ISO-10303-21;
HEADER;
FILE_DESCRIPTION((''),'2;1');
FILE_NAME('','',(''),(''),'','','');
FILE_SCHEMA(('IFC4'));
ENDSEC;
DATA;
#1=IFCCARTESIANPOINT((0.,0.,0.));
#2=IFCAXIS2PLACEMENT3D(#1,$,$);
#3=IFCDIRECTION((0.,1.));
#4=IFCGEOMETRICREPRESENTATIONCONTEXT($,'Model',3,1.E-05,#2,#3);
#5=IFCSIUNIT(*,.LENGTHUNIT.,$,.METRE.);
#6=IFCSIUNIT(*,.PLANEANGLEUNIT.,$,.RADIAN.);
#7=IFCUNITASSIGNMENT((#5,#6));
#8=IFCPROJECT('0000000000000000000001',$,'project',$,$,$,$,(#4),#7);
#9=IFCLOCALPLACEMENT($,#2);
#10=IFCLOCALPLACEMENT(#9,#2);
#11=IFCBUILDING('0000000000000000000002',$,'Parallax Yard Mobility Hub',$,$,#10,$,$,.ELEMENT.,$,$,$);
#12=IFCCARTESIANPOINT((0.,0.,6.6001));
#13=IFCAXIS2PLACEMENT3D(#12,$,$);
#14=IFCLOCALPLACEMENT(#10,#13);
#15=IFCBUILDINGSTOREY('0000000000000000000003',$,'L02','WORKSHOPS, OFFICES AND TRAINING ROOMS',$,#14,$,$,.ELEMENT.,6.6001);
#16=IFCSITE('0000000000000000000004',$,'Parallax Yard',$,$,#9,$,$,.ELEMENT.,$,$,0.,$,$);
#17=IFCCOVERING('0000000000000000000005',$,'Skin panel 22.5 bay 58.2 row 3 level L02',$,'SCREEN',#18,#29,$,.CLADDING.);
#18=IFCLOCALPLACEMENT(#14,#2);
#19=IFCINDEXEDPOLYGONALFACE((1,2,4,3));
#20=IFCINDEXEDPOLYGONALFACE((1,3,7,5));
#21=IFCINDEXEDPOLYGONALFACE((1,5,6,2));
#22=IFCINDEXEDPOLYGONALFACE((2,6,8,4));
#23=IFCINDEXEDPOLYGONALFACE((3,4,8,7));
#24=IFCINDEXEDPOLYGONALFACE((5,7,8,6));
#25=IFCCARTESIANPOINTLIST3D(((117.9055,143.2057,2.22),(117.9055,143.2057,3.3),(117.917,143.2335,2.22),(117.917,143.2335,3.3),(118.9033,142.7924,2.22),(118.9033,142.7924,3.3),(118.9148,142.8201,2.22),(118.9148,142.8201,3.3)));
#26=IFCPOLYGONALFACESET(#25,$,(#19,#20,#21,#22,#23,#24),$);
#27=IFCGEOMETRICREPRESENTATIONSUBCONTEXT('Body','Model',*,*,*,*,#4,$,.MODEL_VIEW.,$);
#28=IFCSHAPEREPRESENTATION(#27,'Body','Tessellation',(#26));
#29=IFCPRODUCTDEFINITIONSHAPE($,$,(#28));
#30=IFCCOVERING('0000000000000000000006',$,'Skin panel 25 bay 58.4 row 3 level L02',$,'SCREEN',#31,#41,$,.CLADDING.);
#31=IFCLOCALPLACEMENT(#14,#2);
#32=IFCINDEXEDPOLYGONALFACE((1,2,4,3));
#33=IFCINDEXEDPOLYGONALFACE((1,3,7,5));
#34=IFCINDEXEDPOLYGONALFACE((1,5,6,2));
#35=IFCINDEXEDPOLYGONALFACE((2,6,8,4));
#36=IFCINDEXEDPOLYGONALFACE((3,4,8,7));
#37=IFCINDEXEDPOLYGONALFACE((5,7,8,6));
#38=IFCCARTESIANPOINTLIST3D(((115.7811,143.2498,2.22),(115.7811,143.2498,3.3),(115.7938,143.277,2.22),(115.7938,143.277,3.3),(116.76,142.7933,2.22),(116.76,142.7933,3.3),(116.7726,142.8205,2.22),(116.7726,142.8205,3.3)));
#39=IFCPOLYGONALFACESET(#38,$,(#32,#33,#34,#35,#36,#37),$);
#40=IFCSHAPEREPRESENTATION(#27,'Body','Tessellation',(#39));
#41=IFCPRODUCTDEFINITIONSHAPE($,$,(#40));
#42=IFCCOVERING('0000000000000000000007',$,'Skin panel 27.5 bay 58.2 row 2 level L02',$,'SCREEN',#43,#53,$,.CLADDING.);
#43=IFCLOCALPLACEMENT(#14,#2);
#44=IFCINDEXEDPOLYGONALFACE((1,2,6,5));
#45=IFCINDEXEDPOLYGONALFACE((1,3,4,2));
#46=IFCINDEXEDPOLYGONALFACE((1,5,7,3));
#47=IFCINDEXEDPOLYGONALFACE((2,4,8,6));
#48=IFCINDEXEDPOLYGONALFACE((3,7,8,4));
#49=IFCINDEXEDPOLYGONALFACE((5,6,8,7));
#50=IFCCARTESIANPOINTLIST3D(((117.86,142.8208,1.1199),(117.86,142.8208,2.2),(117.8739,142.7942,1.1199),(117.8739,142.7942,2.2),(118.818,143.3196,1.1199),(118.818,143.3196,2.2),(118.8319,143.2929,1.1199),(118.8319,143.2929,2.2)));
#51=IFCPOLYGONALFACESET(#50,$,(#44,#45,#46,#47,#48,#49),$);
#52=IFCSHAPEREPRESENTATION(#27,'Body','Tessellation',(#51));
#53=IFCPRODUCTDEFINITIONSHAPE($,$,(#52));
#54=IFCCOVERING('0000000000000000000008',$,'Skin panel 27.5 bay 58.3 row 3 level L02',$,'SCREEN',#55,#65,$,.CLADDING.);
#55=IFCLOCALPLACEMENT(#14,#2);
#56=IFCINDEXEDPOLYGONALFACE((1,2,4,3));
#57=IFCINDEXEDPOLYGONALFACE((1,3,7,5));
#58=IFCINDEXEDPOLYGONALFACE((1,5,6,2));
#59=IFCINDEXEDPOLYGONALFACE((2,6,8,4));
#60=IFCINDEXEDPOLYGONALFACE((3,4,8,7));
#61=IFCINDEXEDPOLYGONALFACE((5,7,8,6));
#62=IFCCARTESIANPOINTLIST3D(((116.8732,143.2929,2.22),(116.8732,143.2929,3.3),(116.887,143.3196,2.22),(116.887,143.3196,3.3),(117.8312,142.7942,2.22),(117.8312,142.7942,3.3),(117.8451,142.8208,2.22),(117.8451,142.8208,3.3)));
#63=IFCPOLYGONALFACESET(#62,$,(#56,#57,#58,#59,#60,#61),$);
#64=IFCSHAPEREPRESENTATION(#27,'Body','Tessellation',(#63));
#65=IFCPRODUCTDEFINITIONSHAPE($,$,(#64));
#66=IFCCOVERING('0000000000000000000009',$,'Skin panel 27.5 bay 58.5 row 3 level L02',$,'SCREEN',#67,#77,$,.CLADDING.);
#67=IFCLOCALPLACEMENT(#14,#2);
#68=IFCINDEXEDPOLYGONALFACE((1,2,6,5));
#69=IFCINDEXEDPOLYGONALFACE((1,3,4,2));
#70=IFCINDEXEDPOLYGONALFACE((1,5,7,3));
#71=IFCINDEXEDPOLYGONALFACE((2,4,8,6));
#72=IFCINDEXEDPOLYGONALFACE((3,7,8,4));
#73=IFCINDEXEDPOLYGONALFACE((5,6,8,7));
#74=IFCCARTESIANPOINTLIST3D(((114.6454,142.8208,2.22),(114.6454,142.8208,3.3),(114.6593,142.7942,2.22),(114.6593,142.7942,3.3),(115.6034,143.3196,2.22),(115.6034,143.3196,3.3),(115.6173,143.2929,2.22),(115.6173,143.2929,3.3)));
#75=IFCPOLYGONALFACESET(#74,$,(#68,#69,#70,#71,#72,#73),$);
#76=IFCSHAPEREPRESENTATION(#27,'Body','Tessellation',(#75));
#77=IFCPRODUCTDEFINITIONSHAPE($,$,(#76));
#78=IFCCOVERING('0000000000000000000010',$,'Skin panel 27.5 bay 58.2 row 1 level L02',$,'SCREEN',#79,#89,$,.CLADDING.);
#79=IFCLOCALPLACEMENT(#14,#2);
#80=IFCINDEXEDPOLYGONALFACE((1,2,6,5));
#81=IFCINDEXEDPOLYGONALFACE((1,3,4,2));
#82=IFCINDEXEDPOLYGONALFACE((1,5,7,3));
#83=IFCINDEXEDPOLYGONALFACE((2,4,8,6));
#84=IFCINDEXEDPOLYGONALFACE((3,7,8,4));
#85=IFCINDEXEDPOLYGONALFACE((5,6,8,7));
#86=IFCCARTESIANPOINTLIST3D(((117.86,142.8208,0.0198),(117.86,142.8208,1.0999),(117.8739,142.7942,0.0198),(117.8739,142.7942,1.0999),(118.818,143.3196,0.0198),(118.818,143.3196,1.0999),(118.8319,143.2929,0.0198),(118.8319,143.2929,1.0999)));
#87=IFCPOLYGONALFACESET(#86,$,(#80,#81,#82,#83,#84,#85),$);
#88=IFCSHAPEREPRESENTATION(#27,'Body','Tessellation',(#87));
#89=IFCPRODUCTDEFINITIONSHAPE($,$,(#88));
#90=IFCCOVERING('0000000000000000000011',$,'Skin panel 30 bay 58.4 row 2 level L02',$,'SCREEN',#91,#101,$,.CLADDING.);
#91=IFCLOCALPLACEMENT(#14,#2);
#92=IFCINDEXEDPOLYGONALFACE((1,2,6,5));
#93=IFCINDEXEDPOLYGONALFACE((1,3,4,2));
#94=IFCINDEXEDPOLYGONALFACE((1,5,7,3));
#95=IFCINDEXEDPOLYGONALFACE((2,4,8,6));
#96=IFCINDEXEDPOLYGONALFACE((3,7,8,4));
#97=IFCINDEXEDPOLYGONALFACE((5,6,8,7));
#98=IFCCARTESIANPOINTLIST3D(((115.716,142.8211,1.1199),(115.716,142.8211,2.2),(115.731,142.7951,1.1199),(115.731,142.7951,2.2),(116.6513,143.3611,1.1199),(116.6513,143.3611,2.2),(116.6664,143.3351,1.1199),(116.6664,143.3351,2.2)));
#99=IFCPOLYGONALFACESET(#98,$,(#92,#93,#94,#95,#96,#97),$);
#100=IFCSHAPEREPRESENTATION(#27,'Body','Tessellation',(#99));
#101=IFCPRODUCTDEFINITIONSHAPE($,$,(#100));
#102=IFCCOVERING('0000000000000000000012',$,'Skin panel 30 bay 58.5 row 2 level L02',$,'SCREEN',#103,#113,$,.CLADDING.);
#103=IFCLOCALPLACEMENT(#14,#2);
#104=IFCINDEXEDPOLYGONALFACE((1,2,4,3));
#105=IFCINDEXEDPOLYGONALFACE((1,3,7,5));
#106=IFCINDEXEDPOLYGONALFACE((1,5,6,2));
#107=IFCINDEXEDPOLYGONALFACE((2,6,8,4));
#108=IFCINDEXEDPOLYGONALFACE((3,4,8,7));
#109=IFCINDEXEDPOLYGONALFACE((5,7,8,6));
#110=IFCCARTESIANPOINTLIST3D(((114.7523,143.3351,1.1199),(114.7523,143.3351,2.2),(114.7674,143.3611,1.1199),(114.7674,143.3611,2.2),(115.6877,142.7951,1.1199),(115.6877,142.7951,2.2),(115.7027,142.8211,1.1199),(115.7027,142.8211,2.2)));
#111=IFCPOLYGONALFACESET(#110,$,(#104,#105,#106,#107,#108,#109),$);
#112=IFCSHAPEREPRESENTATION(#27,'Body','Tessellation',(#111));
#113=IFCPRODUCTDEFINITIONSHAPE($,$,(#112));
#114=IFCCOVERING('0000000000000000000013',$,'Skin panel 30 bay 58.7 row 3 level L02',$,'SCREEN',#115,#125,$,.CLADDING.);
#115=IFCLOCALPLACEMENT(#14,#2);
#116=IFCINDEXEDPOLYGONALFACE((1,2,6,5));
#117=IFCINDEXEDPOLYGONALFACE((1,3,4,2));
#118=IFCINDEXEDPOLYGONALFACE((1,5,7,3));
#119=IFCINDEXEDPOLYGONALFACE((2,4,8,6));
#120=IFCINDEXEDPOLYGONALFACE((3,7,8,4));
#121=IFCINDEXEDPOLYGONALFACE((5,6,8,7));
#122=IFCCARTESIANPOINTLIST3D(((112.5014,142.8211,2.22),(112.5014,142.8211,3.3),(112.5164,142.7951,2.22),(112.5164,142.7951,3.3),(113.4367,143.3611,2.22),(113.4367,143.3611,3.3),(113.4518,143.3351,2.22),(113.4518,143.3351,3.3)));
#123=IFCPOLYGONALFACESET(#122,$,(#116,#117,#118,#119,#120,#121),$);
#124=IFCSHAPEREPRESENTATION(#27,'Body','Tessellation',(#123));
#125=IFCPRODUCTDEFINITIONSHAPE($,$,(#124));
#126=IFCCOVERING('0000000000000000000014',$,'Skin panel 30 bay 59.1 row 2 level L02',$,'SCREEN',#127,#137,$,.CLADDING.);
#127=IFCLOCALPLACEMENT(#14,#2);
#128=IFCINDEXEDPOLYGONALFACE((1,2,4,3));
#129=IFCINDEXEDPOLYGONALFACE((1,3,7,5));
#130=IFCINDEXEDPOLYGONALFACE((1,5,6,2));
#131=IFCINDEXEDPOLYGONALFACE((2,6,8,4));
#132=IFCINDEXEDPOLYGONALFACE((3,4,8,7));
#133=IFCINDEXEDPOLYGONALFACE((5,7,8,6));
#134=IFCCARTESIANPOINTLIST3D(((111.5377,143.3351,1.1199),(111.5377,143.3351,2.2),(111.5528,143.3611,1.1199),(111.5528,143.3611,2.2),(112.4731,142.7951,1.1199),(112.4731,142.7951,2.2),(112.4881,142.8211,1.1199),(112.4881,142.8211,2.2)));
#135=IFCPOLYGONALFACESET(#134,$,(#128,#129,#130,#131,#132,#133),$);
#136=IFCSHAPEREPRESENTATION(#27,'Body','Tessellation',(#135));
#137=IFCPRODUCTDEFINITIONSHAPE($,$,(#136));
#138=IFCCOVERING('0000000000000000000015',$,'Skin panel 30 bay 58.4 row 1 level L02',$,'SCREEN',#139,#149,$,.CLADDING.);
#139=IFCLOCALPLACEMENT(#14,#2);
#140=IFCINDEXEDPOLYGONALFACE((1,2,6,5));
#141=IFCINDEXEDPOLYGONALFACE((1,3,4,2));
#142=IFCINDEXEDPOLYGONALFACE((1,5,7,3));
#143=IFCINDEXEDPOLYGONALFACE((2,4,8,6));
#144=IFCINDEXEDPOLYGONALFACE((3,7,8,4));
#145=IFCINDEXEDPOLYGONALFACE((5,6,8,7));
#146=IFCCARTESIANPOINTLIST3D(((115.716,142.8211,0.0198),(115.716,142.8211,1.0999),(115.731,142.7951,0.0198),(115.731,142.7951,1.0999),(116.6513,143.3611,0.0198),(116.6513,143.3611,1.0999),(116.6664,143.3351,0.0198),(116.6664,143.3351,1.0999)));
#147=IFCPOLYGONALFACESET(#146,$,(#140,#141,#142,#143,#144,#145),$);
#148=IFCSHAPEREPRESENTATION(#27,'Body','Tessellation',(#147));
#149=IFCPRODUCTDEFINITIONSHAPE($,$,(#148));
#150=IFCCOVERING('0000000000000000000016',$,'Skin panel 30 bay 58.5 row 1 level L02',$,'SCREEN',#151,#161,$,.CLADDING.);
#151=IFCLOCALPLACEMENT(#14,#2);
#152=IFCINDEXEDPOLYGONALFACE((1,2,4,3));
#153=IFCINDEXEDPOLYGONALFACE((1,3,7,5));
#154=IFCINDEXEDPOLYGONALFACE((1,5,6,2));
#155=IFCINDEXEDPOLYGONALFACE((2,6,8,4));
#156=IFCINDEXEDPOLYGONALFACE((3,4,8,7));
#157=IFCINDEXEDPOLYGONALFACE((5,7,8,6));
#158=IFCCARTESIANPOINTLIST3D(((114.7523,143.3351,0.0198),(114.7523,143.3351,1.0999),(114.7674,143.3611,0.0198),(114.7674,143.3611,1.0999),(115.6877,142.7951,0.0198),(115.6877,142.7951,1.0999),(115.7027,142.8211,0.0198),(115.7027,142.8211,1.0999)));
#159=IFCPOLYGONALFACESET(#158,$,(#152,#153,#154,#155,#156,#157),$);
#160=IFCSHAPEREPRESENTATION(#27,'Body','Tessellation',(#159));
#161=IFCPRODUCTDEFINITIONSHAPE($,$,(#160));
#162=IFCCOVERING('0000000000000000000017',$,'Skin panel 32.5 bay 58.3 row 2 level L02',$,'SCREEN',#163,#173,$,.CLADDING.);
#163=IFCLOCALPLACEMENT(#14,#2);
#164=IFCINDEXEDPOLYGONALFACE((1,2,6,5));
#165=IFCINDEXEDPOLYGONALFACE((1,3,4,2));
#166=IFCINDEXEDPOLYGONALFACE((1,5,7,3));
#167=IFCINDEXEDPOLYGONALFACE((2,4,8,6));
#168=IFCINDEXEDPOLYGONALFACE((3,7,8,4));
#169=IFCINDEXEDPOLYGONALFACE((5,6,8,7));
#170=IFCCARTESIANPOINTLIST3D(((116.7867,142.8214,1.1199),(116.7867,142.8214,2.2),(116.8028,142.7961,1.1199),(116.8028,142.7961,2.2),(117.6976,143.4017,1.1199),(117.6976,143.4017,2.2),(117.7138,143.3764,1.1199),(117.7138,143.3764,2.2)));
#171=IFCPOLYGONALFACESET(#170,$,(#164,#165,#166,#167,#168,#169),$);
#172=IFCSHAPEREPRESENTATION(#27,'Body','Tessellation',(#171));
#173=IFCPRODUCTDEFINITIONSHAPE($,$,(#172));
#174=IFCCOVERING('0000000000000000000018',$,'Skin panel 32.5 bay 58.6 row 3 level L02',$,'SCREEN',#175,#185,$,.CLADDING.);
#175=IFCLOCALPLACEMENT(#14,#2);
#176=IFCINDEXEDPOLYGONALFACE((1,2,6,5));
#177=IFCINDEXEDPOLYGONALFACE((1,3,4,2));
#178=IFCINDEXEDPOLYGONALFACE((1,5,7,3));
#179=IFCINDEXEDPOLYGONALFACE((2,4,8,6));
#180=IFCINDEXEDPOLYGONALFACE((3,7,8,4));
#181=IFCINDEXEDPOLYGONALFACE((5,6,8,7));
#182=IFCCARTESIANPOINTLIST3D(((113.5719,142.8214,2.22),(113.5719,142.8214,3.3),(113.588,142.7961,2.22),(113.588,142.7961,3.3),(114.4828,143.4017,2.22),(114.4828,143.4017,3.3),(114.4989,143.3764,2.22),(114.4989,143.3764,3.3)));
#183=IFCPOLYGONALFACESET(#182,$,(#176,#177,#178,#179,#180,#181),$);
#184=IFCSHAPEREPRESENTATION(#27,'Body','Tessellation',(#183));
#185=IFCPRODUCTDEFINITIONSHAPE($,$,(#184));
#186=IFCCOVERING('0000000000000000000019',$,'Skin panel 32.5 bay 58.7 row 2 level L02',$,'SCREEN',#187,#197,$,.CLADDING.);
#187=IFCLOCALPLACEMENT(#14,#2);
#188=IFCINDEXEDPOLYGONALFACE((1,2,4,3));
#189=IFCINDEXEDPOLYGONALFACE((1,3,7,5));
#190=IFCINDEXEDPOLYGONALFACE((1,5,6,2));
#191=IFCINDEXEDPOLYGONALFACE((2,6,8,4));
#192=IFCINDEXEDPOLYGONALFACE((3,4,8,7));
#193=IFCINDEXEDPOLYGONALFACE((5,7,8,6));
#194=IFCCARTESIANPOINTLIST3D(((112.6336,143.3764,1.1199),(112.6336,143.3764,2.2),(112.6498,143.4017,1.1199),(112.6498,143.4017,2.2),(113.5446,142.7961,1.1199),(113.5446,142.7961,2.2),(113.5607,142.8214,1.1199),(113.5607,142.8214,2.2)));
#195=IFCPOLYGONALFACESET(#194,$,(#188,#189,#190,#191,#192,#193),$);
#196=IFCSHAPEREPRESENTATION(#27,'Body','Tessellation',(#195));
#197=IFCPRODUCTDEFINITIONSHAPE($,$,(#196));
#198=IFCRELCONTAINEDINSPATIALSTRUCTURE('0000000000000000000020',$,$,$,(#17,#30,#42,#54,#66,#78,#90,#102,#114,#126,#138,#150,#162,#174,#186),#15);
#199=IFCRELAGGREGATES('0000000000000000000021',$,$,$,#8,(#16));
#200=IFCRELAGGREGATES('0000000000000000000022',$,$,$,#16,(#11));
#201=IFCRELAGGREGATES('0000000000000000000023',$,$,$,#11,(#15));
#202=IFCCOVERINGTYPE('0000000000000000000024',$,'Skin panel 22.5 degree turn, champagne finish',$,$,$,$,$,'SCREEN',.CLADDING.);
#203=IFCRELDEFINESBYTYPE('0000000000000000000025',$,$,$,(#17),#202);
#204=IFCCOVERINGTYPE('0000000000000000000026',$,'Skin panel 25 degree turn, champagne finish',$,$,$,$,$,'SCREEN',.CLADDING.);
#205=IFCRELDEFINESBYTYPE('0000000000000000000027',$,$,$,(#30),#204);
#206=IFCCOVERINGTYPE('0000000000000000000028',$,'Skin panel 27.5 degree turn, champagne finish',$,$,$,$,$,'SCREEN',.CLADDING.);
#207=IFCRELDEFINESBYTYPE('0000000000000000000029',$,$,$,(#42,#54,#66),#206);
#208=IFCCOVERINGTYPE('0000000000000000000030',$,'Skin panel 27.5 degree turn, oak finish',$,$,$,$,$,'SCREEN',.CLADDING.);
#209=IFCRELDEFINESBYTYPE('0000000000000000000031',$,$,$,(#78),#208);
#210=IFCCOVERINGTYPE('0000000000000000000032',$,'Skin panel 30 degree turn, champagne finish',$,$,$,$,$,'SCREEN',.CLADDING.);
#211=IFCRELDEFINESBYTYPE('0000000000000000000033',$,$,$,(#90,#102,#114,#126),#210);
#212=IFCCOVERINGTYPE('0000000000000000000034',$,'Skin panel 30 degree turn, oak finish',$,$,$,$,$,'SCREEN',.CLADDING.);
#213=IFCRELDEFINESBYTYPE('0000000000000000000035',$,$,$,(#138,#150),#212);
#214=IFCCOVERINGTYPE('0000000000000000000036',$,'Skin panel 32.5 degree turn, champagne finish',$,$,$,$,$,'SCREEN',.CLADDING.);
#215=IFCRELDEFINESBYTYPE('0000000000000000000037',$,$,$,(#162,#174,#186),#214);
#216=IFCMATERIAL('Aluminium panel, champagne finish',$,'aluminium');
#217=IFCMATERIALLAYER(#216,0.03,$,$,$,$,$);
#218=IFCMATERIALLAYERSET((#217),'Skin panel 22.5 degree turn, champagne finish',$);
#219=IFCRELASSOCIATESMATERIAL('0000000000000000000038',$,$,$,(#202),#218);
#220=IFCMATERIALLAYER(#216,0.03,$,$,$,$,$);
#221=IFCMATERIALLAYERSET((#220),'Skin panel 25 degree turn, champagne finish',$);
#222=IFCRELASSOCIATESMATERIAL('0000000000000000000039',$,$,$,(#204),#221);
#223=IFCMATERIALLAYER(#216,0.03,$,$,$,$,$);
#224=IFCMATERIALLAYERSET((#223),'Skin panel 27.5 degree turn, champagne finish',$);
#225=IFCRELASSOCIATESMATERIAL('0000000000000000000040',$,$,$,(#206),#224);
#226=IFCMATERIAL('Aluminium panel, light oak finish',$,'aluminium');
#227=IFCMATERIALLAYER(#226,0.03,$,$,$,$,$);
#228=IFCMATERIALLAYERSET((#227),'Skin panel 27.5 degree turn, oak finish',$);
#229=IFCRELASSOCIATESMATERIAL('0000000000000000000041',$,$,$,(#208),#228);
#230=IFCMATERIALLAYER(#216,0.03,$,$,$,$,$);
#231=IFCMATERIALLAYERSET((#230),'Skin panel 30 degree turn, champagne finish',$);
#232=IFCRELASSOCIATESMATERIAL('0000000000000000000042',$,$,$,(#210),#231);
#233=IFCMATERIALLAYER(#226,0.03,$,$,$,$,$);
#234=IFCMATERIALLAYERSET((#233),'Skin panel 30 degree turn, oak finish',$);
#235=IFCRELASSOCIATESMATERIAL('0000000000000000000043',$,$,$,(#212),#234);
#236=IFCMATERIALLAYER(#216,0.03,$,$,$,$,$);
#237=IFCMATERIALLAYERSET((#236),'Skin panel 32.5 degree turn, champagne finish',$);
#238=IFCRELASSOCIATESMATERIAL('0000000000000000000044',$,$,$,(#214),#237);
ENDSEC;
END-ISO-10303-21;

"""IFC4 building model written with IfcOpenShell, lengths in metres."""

from ifc_helpers import new_model, si_unit, direction, frame, origin, origin_2d, place, context, subcontext, project, spatial, rectangle, extrude, material, layer, layer_set, type_object, element, save


model = new_model("IFC4")

# Units and contexts
model_context = context("Model", 3, precision=1e-05, world=origin(), true_north=direction((0.0, 1.0)))
body_context = subcontext(model_context, "Body", "Model", "MODEL_VIEW")
ifc_project = project(units=[si_unit("LENGTHUNIT", "METRE"), si_unit("PLANEANGLEUNIT", "RADIAN")], contexts=[model_context])

# Site, building, storey
site_placement = place(None, origin())
site = spatial("IfcSite", under=ifc_project, at=site_placement, Name="Parallax Yard", CompositionType="ELEMENT", RefElevation=0.0)
building_placement = place(site_placement, origin())
building = spatial("IfcBuilding", under=site, at=building_placement, Name="Parallax Yard Mobility Hub", CompositionType="ELEMENT")
storey_placement = place(building_placement, frame((0.0, 0.0, 6.6001)))
storey = spatial("IfcBuildingStorey", under=building, at=storey_placement, Name="L02", Description="WORKSHOPS, OFFICES AND TRAINING ROOMS", CompositionType="ELEMENT", Elevation=6.6001)

# Coverings
ifc_material_1 = material(Name="Aluminium panel, champagne finish", Category="aluminium")
ifc_layer_1 = layer(ifc_material_1, 0.03)
ifc_layer_set_1 = layer_set([ifc_layer_1], Name="Skin panel 22.5 degree turn, champagne finish")
covering_type_1 = type_object("IfcCoveringType", Name="Skin panel 22.5 degree turn, champagne finish", ElementType="SCREEN", PredefinedType="CLADDING", material=ifc_layer_set_1)
covering_1_placement = place(storey_placement, frame((118.4102, 143.0129, 2.22), z_axis=(0.0, 0.0, 1.0), x_axis=(-0.92388, 0.382683, 0.0)))
element("IfcCovering", 1, at=covering_1_placement, inside=storey, type_object=covering_type_1, Name="Skin panel 22.5 bay 58.2 row 3 level L02", ObjectType="SCREEN", PredefinedType="CLADDING", context=body_context, shape_type="SweptSolid", body=[
    extrude(rectangle(XDim=1.0801, YDim=0.03, at=origin_2d()), origin(), (0.0, 0.0, 1.0), 1.0801),
])
ifc_layer_2 = layer(ifc_material_1, 0.03)
ifc_layer_set_2 = layer_set([ifc_layer_2], Name="Skin panel 25 degree turn, champagne finish")
covering_type_2 = type_object("IfcCoveringType", Name="Skin panel 25 degree turn, champagne finish", ElementType="SCREEN", PredefinedType="CLADDING", material=ifc_layer_set_2)
covering_2_placement = place(storey_placement, frame((116.2769, 143.0352, 2.22), z_axis=(0.0, 0.0, 1.0), x_axis=(-0.906308, 0.422618, 0.0)))
element("IfcCovering", 2, at=covering_2_placement, inside=storey, type_object=covering_type_2, Name="Skin panel 25 bay 58.4 row 3 level L02", ObjectType="SCREEN", PredefinedType="CLADDING", context=body_context, shape_type="SweptSolid", body=[
    extrude(rectangle(XDim=1.0801, YDim=0.03, at=origin_2d()), origin(), (0.0, 0.0, 1.0), 1.0801),
])
ifc_layer_3 = layer(ifc_material_1, 0.03)
ifc_layer_set_3 = layer_set([ifc_layer_3], Name="Skin panel 27.5 degree turn, champagne finish")
covering_type_3 = type_object("IfcCoveringType", Name="Skin panel 27.5 degree turn, champagne finish", ElementType="SCREEN", PredefinedType="CLADDING", material=ifc_layer_set_3)
for number, where, z_axis, x_axis, name in (
    (3, (118.3459, 143.0569, 1.1199), (0.0, 0.0, 1.0), (0.887011, 0.461749, 0.0), "Skin panel 27.5 bay 58.2 row 2 level L02"),
    (4, (117.3591, 143.0569, 2.22), (0.0, 0.0, 1.0), (-0.887011, 0.461749, 0.0), "Skin panel 27.5 bay 58.3 row 3 level L02"),
    (5, (115.1313, 143.0569, 2.22), (0.0, 0.0, 1.0), (0.887011, 0.461749, 0.0), "Skin panel 27.5 bay 58.5 row 3 level L02"),
):
    element("IfcCovering", number, at=place(storey_placement, frame(where, z_axis=z_axis, x_axis=x_axis)), inside=storey, type_object=covering_type_3, Name=name, ObjectType="SCREEN", PredefinedType="CLADDING", context=body_context, shape_type="SweptSolid", body=[
        extrude(rectangle(XDim=1.0801, YDim=0.03, at=origin_2d()), origin(), (0.0, 0.0, 1.0), 1.0801),
    ])
ifc_material_2 = material(Name="Aluminium panel, light oak finish", Category="aluminium")
ifc_layer_4 = layer(ifc_material_2, 0.03)
ifc_layer_set_4 = layer_set([ifc_layer_4], Name="Skin panel 27.5 degree turn, oak finish")
covering_type_4 = type_object("IfcCoveringType", Name="Skin panel 27.5 degree turn, oak finish", ElementType="SCREEN", PredefinedType="CLADDING", material=ifc_layer_set_4)
covering_3_placement = place(storey_placement, frame((118.3459, 143.0569, 0.0198), z_axis=(0.0, 0.0, 1.0), x_axis=(0.887011, 0.461749, 0.0)))
element("IfcCovering", 6, at=covering_3_placement, inside=storey, type_object=covering_type_4, Name="Skin panel 27.5 bay 58.2 row 1 level L02", ObjectType="SCREEN", PredefinedType="CLADDING", context=body_context, shape_type="SweptSolid", body=[
    extrude(rectangle(XDim=1.0801, YDim=0.03, at=origin_2d()), origin(), (0.0, 0.0, 1.0), 1.0801),
])
ifc_layer_5 = layer(ifc_material_1, 0.03)
ifc_layer_set_5 = layer_set([ifc_layer_5], Name="Skin panel 30 degree turn, champagne finish")
covering_type_5 = type_object("IfcCoveringType", Name="Skin panel 30 degree turn, champagne finish", ElementType="SCREEN", PredefinedType="CLADDING", material=ifc_layer_set_5)
for number, where, z_axis, x_axis, name in (
    (7, (116.1912, 143.0781, 1.1199), (0.0, 0.0, 1.0), (0.866025, 0.5, 0.0), "Skin panel 30 bay 58.4 row 2 level L02"),
    (8, (115.2275, 143.0781, 1.1199), (0.0, 0.0, 1.0), (-0.866025, 0.5, 0.0), "Skin panel 30 bay 58.5 row 2 level L02"),
    (9, (112.9766, 143.0781, 2.22), (0.0, 0.0, 1.0), (0.866025, 0.5, 0.0), "Skin panel 30 bay 58.7 row 3 level L02"),
    (10, (112.0129, 143.0781, 1.1199), (0.0, 0.0, 1.0), (-0.866025, 0.5, 0.0), "Skin panel 30 bay 59.1 row 2 level L02"),
):
    element("IfcCovering", number, at=place(storey_placement, frame(where, z_axis=z_axis, x_axis=x_axis)), inside=storey, type_object=covering_type_5, Name=name, ObjectType="SCREEN", PredefinedType="CLADDING", context=body_context, shape_type="SweptSolid", body=[
        extrude(rectangle(XDim=1.0801, YDim=0.03, at=origin_2d()), origin(), (0.0, 0.0, 1.0), 1.0801),
    ])
ifc_layer_6 = layer(ifc_material_2, 0.03)
ifc_layer_set_6 = layer_set([ifc_layer_6], Name="Skin panel 30 degree turn, oak finish")
covering_type_6 = type_object("IfcCoveringType", Name="Skin panel 30 degree turn, oak finish", ElementType="SCREEN", PredefinedType="CLADDING", material=ifc_layer_set_6)
for number, where, z_axis, x_axis, name in (
    (11, (116.1912, 143.0781, 0.0198), (0.0, 0.0, 1.0), (0.866025, 0.5, 0.0), "Skin panel 30 bay 58.4 row 1 level L02"),
    (12, (115.2275, 143.0781, 0.0198), (0.0, 0.0, 1.0), (-0.866025, 0.5, 0.0), "Skin panel 30 bay 58.5 row 1 level L02"),
):
    element("IfcCovering", number, at=place(storey_placement, frame(where, z_axis=z_axis, x_axis=x_axis)), inside=storey, type_object=covering_type_6, Name=name, ObjectType="SCREEN", PredefinedType="CLADDING", context=body_context, shape_type="SweptSolid", body=[
        extrude(rectangle(XDim=1.0801, YDim=0.03, at=origin_2d()), origin(), (0.0, 0.0, 1.0), 1.0801),
    ])
ifc_layer_7 = layer(ifc_material_1, 0.03)
ifc_layer_set_7 = layer_set([ifc_layer_7], Name="Skin panel 32.5 degree turn, champagne finish")
covering_type_7 = type_object("IfcCoveringType", Name="Skin panel 32.5 degree turn, champagne finish", ElementType="SCREEN", PredefinedType="CLADDING", material=ifc_layer_set_7)
for number, where, z_axis, x_axis, name in (
    (13, (117.2502, 143.0989, 1.1199), (0.0, 0.0, 1.0), (0.843391, 0.5373, 0.0), "Skin panel 32.5 bay 58.3 row 2 level L02"),
    (14, (114.0354, 143.0989, 2.22), (0.0, 0.0, 1.0), (0.843391, 0.5373, 0.0), "Skin panel 32.5 bay 58.6 row 3 level L02"),
    (15, (113.0972, 143.0989, 1.1199), (0.0, 0.0, 1.0), (-0.843391, 0.5373, 0.0), "Skin panel 32.5 bay 58.7 row 2 level L02"),
):
    element("IfcCovering", number, at=place(storey_placement, frame(where, z_axis=z_axis, x_axis=x_axis)), inside=storey, type_object=covering_type_7, Name=name, ObjectType="SCREEN", PredefinedType="CLADDING", context=body_context, shape_type="SweptSolid", body=[
        extrude(rectangle(XDim=1.0801, YDim=0.03, at=origin_2d()), origin(), (0.0, 0.0, 1.0), 1.0801),
    ])

save(model, "model.ifc")
